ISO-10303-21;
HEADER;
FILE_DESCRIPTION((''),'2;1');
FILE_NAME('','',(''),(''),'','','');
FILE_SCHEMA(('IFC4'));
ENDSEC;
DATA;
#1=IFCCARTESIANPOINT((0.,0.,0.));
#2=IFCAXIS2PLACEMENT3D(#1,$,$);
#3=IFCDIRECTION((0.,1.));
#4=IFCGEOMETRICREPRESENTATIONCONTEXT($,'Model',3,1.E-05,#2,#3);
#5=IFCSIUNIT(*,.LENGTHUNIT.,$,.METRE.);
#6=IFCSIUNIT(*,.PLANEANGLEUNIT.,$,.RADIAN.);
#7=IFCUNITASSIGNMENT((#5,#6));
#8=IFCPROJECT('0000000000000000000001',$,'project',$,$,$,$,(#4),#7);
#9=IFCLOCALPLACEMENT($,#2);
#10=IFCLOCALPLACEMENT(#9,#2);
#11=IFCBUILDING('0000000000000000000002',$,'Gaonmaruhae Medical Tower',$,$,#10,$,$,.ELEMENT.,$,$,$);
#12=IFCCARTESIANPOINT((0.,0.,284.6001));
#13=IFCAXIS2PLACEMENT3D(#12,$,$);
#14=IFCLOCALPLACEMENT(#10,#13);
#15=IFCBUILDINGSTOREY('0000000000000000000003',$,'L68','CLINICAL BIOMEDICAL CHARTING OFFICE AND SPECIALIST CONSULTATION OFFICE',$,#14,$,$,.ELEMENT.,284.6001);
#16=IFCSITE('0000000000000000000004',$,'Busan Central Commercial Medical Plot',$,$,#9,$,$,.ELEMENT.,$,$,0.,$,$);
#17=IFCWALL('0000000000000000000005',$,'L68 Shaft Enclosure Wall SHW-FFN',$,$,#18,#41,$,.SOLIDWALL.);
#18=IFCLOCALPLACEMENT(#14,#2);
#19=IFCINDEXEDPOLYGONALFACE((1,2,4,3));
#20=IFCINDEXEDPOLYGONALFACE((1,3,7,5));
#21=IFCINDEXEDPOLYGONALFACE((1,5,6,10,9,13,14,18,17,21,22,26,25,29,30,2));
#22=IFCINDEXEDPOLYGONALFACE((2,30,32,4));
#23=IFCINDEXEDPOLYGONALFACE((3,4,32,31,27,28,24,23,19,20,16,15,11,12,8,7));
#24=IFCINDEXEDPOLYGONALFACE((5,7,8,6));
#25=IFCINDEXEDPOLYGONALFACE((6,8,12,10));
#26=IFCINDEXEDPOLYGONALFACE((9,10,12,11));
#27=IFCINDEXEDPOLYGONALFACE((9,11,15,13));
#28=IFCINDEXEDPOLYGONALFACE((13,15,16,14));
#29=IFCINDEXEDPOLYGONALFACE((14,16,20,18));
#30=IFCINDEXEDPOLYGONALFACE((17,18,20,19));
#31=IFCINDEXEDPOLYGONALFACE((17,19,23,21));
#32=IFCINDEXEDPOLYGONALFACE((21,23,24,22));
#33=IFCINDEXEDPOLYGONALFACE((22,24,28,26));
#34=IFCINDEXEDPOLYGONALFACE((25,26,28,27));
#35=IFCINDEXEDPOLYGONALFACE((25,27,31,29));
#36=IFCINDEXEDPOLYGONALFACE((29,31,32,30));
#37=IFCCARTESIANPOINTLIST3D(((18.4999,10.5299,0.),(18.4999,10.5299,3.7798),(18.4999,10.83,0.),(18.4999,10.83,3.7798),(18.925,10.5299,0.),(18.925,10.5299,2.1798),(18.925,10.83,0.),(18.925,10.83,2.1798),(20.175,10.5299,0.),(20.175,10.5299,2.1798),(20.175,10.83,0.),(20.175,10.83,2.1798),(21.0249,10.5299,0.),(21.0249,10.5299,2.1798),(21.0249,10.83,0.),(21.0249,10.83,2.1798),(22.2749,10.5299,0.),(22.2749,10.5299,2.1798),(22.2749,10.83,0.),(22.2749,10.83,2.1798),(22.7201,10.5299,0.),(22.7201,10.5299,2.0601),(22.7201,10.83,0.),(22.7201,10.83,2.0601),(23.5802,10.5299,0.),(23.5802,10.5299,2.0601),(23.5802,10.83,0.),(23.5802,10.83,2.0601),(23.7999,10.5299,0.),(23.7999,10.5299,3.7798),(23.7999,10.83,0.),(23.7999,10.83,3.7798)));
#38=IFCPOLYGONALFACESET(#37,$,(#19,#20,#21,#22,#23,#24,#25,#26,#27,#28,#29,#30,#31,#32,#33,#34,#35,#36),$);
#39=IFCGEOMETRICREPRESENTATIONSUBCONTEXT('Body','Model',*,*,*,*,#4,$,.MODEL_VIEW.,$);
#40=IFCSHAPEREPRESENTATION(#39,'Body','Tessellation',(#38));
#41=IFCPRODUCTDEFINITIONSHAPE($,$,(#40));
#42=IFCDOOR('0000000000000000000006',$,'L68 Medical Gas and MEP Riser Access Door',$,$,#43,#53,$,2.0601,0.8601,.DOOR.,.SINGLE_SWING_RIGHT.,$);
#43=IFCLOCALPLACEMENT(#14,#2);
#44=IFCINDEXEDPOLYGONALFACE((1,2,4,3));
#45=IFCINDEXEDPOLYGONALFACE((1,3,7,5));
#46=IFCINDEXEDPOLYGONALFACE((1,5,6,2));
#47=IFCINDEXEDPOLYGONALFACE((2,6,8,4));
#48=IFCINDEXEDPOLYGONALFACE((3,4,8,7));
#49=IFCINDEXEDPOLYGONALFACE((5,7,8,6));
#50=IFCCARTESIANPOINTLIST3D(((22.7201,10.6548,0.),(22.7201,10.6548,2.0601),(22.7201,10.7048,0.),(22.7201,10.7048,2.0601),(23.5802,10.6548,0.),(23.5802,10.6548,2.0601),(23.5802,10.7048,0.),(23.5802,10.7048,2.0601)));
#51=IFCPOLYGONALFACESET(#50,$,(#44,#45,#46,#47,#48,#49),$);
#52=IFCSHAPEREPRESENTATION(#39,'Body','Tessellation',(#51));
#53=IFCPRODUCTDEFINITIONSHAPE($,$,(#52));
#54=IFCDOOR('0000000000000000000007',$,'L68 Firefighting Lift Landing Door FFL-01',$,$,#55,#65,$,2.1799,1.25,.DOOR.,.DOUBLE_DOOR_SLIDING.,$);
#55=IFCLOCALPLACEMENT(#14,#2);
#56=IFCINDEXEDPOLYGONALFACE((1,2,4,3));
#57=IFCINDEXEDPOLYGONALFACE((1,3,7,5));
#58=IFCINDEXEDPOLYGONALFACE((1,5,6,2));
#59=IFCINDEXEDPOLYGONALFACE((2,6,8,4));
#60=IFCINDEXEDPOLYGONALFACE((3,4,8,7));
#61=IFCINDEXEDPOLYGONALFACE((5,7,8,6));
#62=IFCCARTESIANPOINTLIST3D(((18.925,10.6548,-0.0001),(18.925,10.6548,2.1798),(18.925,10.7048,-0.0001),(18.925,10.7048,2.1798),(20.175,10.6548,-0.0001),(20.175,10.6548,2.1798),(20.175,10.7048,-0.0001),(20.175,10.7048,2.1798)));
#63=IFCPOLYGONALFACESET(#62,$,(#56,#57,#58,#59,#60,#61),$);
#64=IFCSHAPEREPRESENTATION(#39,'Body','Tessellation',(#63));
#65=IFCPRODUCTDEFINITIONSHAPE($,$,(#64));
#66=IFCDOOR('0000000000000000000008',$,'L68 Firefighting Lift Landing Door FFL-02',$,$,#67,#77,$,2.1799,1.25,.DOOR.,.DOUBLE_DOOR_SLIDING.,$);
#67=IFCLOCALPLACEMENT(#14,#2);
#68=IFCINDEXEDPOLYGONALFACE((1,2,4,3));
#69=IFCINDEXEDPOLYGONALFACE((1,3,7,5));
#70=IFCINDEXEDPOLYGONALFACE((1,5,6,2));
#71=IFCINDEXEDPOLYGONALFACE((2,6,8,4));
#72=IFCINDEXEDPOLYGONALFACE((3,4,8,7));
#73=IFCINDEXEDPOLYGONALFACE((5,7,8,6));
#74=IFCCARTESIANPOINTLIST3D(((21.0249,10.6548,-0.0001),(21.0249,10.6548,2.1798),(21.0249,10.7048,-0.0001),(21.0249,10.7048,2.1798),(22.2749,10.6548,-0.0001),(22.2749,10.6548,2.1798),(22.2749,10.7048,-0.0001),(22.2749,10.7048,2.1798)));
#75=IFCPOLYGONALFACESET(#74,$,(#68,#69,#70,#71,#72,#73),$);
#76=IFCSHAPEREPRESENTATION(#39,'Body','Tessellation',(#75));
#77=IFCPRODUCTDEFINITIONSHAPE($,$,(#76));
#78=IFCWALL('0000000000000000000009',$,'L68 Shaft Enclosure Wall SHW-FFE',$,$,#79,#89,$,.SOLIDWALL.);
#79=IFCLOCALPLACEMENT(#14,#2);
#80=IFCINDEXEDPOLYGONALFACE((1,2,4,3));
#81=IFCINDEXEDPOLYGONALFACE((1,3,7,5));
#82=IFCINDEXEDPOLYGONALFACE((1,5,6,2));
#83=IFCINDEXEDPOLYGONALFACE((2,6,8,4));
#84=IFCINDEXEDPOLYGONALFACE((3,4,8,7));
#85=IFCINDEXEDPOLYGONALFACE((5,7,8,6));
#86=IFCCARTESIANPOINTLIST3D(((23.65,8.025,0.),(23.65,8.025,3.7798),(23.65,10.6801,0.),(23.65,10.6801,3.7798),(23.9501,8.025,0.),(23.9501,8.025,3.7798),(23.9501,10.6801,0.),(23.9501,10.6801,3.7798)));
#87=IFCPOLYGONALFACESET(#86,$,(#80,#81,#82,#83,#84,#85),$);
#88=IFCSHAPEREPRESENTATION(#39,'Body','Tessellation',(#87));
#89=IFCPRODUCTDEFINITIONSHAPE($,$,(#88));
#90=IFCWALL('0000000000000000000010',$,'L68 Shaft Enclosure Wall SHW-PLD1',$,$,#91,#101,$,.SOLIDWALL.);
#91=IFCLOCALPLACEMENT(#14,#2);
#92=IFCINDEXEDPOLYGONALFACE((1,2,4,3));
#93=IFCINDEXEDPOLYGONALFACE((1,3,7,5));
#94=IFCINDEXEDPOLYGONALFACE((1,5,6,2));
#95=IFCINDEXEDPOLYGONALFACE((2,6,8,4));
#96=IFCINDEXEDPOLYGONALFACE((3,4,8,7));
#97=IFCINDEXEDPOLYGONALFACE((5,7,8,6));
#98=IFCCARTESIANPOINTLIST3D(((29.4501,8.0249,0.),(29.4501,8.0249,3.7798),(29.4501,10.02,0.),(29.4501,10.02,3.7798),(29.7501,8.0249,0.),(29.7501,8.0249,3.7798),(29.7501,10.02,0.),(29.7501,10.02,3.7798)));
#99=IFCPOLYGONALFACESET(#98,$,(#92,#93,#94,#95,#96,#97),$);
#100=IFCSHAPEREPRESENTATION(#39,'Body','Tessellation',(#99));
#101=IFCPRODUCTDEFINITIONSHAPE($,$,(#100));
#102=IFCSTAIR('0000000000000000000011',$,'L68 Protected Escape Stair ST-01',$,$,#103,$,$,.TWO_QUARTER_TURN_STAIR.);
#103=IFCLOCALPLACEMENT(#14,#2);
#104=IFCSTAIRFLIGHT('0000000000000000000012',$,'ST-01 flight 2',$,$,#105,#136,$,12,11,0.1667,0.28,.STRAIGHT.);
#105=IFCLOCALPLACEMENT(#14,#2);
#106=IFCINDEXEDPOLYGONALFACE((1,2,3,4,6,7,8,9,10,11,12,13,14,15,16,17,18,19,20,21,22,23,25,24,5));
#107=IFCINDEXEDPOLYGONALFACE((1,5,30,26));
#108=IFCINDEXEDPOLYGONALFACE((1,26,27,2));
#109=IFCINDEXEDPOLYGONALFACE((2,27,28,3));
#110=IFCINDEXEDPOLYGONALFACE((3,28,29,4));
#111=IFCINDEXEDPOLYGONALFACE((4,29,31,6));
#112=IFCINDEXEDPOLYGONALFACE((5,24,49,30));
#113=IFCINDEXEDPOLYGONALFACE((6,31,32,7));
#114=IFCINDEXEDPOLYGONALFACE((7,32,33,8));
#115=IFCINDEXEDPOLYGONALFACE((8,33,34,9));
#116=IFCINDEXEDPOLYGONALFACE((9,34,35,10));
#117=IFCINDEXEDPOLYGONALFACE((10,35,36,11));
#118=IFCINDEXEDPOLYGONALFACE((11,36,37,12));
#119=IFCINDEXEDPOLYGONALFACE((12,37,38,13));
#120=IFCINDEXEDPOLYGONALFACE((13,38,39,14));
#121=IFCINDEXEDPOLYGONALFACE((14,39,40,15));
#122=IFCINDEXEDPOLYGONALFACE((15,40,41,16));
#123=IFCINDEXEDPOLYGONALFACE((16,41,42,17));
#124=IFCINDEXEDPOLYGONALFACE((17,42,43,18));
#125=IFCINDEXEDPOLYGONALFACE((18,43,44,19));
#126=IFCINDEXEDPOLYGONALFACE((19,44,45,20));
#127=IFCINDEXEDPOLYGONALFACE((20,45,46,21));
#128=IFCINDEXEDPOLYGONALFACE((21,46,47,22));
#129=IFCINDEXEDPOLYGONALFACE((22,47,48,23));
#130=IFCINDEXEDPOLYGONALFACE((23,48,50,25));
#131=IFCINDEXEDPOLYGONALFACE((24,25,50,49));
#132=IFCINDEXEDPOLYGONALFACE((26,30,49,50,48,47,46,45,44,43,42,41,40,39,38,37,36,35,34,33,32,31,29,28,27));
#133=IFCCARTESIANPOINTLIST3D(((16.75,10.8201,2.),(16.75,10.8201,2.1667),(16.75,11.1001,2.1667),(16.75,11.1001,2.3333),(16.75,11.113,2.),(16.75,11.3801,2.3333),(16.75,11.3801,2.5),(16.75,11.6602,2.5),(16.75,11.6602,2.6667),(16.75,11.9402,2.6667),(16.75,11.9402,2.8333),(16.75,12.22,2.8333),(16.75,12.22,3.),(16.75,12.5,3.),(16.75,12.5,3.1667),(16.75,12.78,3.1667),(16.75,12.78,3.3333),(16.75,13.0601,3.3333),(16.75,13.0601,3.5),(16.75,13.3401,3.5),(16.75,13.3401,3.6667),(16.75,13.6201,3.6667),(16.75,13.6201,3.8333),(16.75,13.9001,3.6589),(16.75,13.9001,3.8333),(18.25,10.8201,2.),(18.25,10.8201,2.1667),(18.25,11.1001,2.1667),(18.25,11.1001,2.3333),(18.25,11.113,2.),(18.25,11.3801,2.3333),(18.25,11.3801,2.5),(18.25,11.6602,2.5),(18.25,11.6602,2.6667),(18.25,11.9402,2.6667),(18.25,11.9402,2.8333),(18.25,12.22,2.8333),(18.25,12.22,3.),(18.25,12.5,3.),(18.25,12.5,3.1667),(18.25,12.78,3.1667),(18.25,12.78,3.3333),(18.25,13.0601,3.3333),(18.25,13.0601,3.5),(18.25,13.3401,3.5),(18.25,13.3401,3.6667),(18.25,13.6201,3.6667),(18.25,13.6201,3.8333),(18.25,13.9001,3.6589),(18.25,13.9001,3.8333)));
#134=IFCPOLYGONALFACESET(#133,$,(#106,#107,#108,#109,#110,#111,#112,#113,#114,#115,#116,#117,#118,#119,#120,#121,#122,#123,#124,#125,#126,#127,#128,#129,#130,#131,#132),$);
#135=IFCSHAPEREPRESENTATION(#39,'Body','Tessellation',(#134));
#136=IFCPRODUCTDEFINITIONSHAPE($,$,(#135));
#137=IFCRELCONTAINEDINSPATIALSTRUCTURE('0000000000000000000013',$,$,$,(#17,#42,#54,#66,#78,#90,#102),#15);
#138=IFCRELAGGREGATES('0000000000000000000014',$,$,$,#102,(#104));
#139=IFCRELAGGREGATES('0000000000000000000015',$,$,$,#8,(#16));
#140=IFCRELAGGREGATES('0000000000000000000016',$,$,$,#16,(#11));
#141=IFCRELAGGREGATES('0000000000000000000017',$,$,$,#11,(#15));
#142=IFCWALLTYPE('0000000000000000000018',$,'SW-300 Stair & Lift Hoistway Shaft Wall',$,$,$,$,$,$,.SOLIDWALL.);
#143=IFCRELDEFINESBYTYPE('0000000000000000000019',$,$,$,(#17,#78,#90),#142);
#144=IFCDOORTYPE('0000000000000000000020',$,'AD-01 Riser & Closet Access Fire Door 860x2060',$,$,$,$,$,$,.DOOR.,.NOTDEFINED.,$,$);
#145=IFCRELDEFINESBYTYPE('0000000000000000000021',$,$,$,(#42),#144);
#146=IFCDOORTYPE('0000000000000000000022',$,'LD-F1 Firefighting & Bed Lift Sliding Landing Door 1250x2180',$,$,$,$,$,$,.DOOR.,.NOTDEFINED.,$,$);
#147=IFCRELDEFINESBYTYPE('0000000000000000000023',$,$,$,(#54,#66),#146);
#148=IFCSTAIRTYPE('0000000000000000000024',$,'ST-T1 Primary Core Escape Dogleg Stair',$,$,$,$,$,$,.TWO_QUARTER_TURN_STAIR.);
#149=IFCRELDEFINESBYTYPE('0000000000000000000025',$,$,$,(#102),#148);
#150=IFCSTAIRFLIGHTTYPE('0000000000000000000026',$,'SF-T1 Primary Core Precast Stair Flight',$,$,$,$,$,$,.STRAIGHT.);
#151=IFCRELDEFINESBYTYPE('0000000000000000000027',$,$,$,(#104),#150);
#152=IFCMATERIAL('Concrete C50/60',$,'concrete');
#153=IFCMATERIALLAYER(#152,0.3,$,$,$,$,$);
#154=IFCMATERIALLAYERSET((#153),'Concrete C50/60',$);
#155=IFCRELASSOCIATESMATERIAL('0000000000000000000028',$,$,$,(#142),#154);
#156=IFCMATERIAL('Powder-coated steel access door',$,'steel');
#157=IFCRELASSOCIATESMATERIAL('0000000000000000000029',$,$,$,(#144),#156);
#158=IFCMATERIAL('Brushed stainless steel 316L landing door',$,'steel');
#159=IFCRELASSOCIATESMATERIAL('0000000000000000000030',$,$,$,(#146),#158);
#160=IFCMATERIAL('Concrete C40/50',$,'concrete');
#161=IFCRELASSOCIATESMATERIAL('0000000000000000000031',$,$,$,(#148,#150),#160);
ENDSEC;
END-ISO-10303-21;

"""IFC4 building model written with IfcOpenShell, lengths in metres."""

from ifc_helpers import new_model, si_unit, direction, frame, frame_2d, origin, place, context, subcontext, project, spatial, polyline, rectangle, outline, extrude, material, layer, layer_set, type_object, element, fill, aggregate, save


model = new_model("IFC4")

# Units and contexts
model_context = context("Model", 3, precision=1e-05, world=origin(), true_north=direction((0.0, 1.0)))
body_context = subcontext(model_context, "Body", "Model", "MODEL_VIEW")
ifc_project = project(units=[si_unit("LENGTHUNIT", "METRE"), si_unit("PLANEANGLEUNIT", "RADIAN")], contexts=[model_context])

# Site, building, storey
site_placement = place(None, origin())
site = spatial("IfcSite", under=ifc_project, at=site_placement, Name="Busan Central Commercial Medical Plot", CompositionType="ELEMENT", RefElevation=0.0)
building_placement = place(site_placement, origin())
building = spatial("IfcBuilding", under=site, at=building_placement, Name="Gaonmaruhae Medical Tower", CompositionType="ELEMENT")
storey_placement = place(building_placement, frame((0.0, 0.0, 284.6001)))
storey = spatial("IfcBuildingStorey", under=building, at=storey_placement, Name="L68", Description="CLINICAL BIOMEDICAL CHARTING OFFICE AND SPECIALIST CONSULTATION OFFICE", CompositionType="ELEMENT", Elevation=284.6001)

# Shared definitions
ifc_material_1 = material(Name="Concrete C50/60", Category="concrete")

# Wall, openings, doors
ifc_layer_1 = layer(ifc_material_1, 0.3)
ifc_layer_set_1 = layer_set([ifc_layer_1], Name="Concrete C50/60")
wall_type_1 = type_object("IfcWallType", Name="SW-300 Stair & Lift Hoistway Shaft Wall", PredefinedType="SOLIDWALL", material=ifc_layer_set_1)
wall_1_placement = place(storey_placement, frame((18.5, 10.6799, 0.0), z_axis=(0.0, 0.0, 1.0), x_axis=(1.0, 0.0, 0.0)))
wall_1 = element("IfcWall", 1, at=wall_1_placement, inside=storey, type_object=wall_type_1, Name="L68 Shaft Enclosure Wall SHW-FFN", PredefinedType="SOLIDWALL", context=body_context, shape_type="SweptSolid", body=[
    extrude(rectangle(XDim=5.3, YDim=0.3, at=frame_2d((2.6499, 0.0))), origin(), (0.0, 0.0, 1.0), 3.7798),
])
opening_1_placement = place(wall_1_placement, frame((4.22, 0.0, 0.0)))
opening_1 = element("IfcOpeningElement", 2, at=opening_1_placement, cuts=wall_1, PredefinedType="OPENING", context=body_context, shape_type="SweptSolid", body=[
    extrude(rectangle(XDim=0.8601, YDim=2.0601, at=frame_2d((0.4302, 1.03))), frame((0.0, 0.1602, 0.0), z_axis=(0.0, -1.0, 0.0), x_axis=(1.0, 0.0, 0.0)), (0.0, 0.0, 1.0), 0.3201),
])
opening_2_placement = place(wall_1_placement, frame((0.425, 0.0, 0.0)))
opening_2 = element("IfcOpeningElement", 3, at=opening_2_placement, cuts=wall_1, PredefinedType="OPENING", context=body_context, shape_type="SweptSolid", body=[
    extrude(rectangle(XDim=1.25, YDim=2.1799, at=frame_2d((0.625, 1.0898))), frame((0.0, 0.1602, 0.0), z_axis=(0.0, -1.0, 0.0), x_axis=(1.0, 0.0, 0.0)), (0.0, 0.0, 1.0), 0.3201),
])
opening_3_placement = place(wall_1_placement, frame((2.5249, 0.0, 0.0)))
opening_3 = element("IfcOpeningElement", 4, at=opening_3_placement, cuts=wall_1, PredefinedType="OPENING", context=body_context, shape_type="SweptSolid", body=[
    extrude(rectangle(XDim=1.25, YDim=2.1799, at=frame_2d((0.625, 1.0898))), frame((0.0, 0.1602, 0.0), z_axis=(0.0, -1.0, 0.0), x_axis=(1.0, 0.0, 0.0)), (0.0, 0.0, 1.0), 0.3201),
])
ifc_material_2 = material(Name="Powder-coated steel access door", Category="steel")
door_type_1 = type_object("IfcDoorType", Name="AD-01 Riser & Closet Access Fire Door 860x2060", OperationType="NOTDEFINED", PredefinedType="DOOR", material=ifc_material_2)
door_1_placement = place(opening_1_placement, origin())
door_1 = element("IfcDoor", 5, at=door_1_placement, inside=storey, type_object=door_type_1, Name="L68 Medical Gas and MEP Riser Access Door", OperationType="SINGLE_SWING_RIGHT", OverallHeight=2.0601, OverallWidth=0.8601, PredefinedType="DOOR", context=body_context, shape_type="SweptSolid", body=[
    extrude(rectangle(XDim=0.8601, YDim=2.0601, at=frame_2d((0.4302, 1.03))), frame((0.0, 0.0249, 0.0), z_axis=(0.0, -1.0, 0.0), x_axis=(1.0, 0.0, 0.0)), (0.0, 0.0, 1.0), 0.05),
])
fill(opening_1, door_1)
ifc_material_3 = material(Name="Brushed stainless steel 316L landing door", Category="steel")
door_type_2 = type_object("IfcDoorType", Name="LD-F1 Firefighting & Bed Lift Sliding Landing Door 1250x2180", OperationType="NOTDEFINED", PredefinedType="DOOR", material=ifc_material_3)
door_2_placement = place(opening_2_placement, origin())
door_2 = element("IfcDoor", 6, at=door_2_placement, inside=storey, type_object=door_type_2, Name="L68 Firefighting Lift Landing Door FFL-01", OperationType="DOUBLE_DOOR_SLIDING", OverallHeight=2.1799, OverallWidth=1.25, PredefinedType="DOOR", context=body_context, shape_type="SweptSolid", body=[
    extrude(rectangle(XDim=1.25, YDim=2.1799, at=frame_2d((0.625, 1.0898))), frame((0.0, 0.0249, 0.0), z_axis=(0.0, -1.0, 0.0), x_axis=(1.0, 0.0, 0.0)), (0.0, 0.0, 1.0), 0.05),
])
fill(opening_2, door_2)
door_3_placement = place(opening_3_placement, origin())
door_3 = element("IfcDoor", 7, at=door_3_placement, inside=storey, type_object=door_type_2, Name="L68 Firefighting Lift Landing Door FFL-02", OperationType="DOUBLE_DOOR_SLIDING", OverallHeight=2.1799, OverallWidth=1.25, PredefinedType="DOOR", context=body_context, shape_type="SweptSolid", body=[
    extrude(rectangle(XDim=1.25, YDim=2.1799, at=frame_2d((0.625, 1.0898))), frame((0.0, 0.0249, 0.0), z_axis=(0.0, -1.0, 0.0), x_axis=(1.0, 0.0, 0.0)), (0.0, 0.0, 1.0), 0.05),
])
fill(opening_3, door_3)

# Wall
wall_2_placement = place(storey_placement, frame((23.8, 8.0249, 0.0), z_axis=(0.0, 0.0, 1.0), x_axis=(0.0, 1.0, 0.0)))
element("IfcWall", 8, at=wall_2_placement, inside=storey, type_object=wall_type_1, Name="L68 Shaft Enclosure Wall SHW-FFE", PredefinedType="SOLIDWALL", context=body_context, shape_type="SweptSolid", body=[
    extrude(rectangle(XDim=2.655, YDim=0.3, at=frame_2d((1.3276, 0.0))), origin(), (0.0, 0.0, 1.0), 3.7798),
])

# Wall
wall_3_placement = place(storey_placement, frame((29.6001, 8.0249, 0.0), z_axis=(0.0, 0.0, 1.0), x_axis=(0.0, 1.0, 0.0)))
element("IfcWall", 9, at=wall_3_placement, inside=storey, type_object=wall_type_1, Name="L68 Shaft Enclosure Wall SHW-PLD1", PredefinedType="SOLIDWALL", context=body_context, shape_type="SweptSolid", body=[
    extrude(rectangle(XDim=1.9951, YDim=0.3, at=frame_2d((0.9976, 0.0))), origin(), (0.0, 0.0, 1.0), 3.7798),
])

# Stair, stair flight
ifc_material_4 = material(Name="Concrete C40/50", Category="concrete")
stair_type = type_object("IfcStairType", Name="ST-T1 Primary Core Escape Dogleg Stair", PredefinedType="TWO_QUARTER_TURN_STAIR", material=ifc_material_4)
stair_placement = place(storey_placement, origin())
stair = element("IfcStair", 10, at=stair_placement, inside=storey, type_object=stair_type, Name="L68 Protected Escape Stair ST-01", PredefinedType="TWO_QUARTER_TURN_STAIR")
stair_flight_type = type_object("IfcStairFlightType", Name="SF-T1 Primary Core Precast Stair Flight", PredefinedType="STRAIGHT", material=ifc_material_4)
stair_flight_placement = place(storey_placement, frame((17.5, 10.8201, 2.0), z_axis=(0.0, 0.0, 1.0), x_axis=(0.0, 1.0, 0.0)))
stair_flight = element("IfcStairFlight", 11, at=stair_flight_placement, type_object=stair_flight_type, Name="ST-01 flight 2", NumberOfRisers=12, NumberOfTreads=11, PredefinedType="STRAIGHT", RiserHeight=0.1667, TreadLength=0.28, context=body_context, shape_type="SweptSolid", body=[
    extrude(outline(polyline([(0.0, 0.0), (0.0, 0.1667), (0.28, 0.1667), (0.28, 0.3333), (0.5601, 0.3333), (0.5601, 0.5), (0.8401, 0.5), (0.8401, 0.6667), (1.1201, 0.6667), (1.1201, 0.8333), (1.3999, 0.8333), (1.3999, 1.0), (1.6799, 1.0), (1.6799, 1.1667), (1.96, 1.1667), (1.96, 1.3333), (2.24, 1.3333), (2.24, 1.5), (2.52, 1.5), (2.52, 1.6667), (2.8, 1.6667), (2.8, 1.8333), (3.0801, 1.8333), (3.0801, 2.0), (3.0801, 1.6589), (0.293, 0.0), (0.0, 0.0)])), frame((0.0, 0.75, 0.0), z_axis=(0.0, -1.0, 0.0), x_axis=(1.0, 0.0, 0.0)), (0.0, 0.0, 1.0), 1.5),
])
aggregate(stair, [stair_flight])

save(model, "model.ifc")
